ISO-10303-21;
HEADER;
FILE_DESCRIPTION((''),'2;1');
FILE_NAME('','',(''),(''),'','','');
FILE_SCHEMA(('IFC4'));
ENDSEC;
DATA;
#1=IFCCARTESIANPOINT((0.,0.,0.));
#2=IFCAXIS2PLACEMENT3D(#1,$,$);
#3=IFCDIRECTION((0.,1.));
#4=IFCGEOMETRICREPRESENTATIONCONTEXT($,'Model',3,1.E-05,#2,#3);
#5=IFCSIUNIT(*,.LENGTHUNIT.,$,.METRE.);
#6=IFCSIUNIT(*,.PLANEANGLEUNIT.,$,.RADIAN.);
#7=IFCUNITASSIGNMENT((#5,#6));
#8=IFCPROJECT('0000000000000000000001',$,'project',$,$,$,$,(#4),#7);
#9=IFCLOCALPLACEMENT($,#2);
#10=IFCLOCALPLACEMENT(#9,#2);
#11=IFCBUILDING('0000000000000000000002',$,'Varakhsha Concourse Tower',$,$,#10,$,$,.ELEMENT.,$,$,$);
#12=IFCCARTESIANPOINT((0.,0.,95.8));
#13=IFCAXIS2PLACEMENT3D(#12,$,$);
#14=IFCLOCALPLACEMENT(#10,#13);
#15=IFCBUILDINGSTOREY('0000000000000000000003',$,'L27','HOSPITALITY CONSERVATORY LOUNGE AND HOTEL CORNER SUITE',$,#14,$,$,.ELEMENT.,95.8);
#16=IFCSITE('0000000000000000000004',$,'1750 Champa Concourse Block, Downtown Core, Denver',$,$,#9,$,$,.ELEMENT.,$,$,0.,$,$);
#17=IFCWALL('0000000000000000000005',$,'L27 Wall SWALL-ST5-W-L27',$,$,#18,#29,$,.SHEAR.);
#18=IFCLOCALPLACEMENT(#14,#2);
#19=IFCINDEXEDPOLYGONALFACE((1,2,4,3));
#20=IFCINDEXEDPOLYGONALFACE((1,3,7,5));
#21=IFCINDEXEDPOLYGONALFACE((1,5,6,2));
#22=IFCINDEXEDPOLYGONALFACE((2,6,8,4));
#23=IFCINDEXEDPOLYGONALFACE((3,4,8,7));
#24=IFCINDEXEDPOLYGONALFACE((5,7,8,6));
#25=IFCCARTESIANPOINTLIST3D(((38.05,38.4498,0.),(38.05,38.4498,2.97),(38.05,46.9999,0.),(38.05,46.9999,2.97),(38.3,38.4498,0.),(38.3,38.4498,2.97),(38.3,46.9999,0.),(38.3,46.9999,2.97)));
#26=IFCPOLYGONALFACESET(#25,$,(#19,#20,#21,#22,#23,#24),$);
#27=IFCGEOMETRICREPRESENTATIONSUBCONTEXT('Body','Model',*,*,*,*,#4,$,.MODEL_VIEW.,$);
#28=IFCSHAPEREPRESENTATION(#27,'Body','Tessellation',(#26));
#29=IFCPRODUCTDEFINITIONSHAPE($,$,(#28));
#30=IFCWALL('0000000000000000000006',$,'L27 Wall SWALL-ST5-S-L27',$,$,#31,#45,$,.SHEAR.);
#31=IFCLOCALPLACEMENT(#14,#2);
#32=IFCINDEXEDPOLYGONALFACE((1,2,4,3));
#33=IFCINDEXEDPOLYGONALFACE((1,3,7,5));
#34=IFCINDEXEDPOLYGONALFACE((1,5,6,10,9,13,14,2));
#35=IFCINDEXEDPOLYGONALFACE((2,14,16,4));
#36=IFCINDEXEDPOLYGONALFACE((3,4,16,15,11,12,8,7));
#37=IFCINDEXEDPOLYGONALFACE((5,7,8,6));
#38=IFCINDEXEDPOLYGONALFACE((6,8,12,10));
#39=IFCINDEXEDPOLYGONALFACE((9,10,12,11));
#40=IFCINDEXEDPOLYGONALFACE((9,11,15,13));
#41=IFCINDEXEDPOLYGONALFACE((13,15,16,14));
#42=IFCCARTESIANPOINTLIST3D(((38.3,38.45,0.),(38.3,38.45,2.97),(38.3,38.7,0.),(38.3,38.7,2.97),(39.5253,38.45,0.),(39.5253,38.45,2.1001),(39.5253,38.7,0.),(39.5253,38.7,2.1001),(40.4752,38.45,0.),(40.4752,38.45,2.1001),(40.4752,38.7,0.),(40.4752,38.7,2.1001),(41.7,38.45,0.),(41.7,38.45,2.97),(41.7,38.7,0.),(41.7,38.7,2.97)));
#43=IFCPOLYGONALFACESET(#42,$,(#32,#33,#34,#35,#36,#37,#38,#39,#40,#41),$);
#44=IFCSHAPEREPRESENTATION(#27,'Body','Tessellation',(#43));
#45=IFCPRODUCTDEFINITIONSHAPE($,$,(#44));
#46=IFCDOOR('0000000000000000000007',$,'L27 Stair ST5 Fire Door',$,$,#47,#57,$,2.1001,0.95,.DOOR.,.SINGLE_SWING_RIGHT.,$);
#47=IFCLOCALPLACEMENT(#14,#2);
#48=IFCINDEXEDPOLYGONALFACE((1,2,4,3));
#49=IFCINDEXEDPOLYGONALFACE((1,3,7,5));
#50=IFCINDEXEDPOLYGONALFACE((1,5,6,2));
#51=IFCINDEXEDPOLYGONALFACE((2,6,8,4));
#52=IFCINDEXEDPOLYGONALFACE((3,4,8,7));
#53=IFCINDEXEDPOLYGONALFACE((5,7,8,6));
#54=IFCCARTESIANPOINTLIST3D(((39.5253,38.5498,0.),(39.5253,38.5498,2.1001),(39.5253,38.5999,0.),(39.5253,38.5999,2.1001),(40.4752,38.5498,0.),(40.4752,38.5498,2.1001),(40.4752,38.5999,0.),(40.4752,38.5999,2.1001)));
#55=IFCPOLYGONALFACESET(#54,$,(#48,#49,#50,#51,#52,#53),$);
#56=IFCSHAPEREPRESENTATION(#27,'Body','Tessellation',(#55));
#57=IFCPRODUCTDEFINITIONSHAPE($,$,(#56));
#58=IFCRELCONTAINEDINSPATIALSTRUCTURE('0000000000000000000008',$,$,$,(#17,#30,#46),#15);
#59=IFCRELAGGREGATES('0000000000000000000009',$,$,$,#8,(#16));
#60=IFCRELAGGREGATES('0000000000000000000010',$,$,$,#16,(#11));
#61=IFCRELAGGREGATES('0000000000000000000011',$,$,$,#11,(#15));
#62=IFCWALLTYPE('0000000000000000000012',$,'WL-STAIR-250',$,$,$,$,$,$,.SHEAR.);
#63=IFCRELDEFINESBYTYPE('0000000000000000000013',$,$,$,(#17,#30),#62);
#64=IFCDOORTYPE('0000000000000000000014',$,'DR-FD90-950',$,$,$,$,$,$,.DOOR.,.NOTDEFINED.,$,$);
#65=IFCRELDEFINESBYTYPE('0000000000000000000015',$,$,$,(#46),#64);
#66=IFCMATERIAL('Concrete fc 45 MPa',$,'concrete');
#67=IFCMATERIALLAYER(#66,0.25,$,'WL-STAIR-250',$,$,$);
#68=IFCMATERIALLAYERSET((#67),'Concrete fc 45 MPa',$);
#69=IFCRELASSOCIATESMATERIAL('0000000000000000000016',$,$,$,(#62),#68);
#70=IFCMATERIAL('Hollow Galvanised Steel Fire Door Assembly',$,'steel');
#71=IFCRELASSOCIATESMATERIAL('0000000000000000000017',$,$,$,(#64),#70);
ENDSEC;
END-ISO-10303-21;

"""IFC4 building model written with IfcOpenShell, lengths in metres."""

from ifc_helpers import new_model, si_unit, direction, frame, frame_2d, origin, place, context, subcontext, project, spatial, rectangle, extrude, material, layer, layer_set, type_object, element, fill, save


model = new_model("IFC4")

# Units and contexts
model_context = context("Model", 3, precision=1e-05, world=origin(), true_north=direction((0.0, 1.0)))
body_context = subcontext(model_context, "Body", "Model", "MODEL_VIEW")
ifc_project = project(units=[si_unit("LENGTHUNIT", "METRE"), si_unit("PLANEANGLEUNIT", "RADIAN")], contexts=[model_context])

# Site, building, storey
site_placement = place(None, origin())
site = spatial("IfcSite", under=ifc_project, at=site_placement, Name="1750 Champa Concourse Block, Downtown Core, Denver", CompositionType="ELEMENT", RefElevation=0.0)
building_placement = place(site_placement, origin())
building = spatial("IfcBuilding", under=site, at=building_placement, Name="Varakhsha Concourse Tower", CompositionType="ELEMENT")
storey_placement = place(building_placement, frame((0.0, 0.0, 95.8)))
storey = spatial("IfcBuildingStorey", under=building, at=storey_placement, Name="L27", Description="HOSPITALITY CONSERVATORY LOUNGE AND HOTEL CORNER SUITE", CompositionType="ELEMENT", Elevation=95.8)

# Shared definitions
ifc_material_1 = material(Name="Hollow Galvanised Steel Fire Door Assembly", Category="steel")

# Wall
ifc_material_2 = material(Name="Concrete fc 45 MPa", Category="concrete")
ifc_layer_1 = layer(ifc_material_2, 0.25, Name="WL-STAIR-250")
ifc_layer_set_1 = layer_set([ifc_layer_1], Name="Concrete fc 45 MPa")
wall_type_1 = type_object("IfcWallType", Name="WL-STAIR-250", PredefinedType="SHEAR", material=ifc_layer_set_1)
wall_1_placement = place(storey_placement, frame((38.175, 38.45, 0.0), z_axis=(0.0, 0.0, 1.0), x_axis=(0.0, 1.0, 0.0)))
element("IfcWall", 1, at=wall_1_placement, inside=storey, type_object=wall_type_1, Name="L27 Wall SWALL-ST5-W-L27", PredefinedType="SHEAR", context=body_context, shape_type="SweptSolid", body=[
    extrude(rectangle(XDim=8.55, YDim=0.25, at=frame_2d((4.2749, 0.0))), origin(), (0.0, 0.0, 1.0), 2.97),
])

# Wall, opening, door
wall_2_placement = place(storey_placement, frame((38.3, 38.575, 0.0), z_axis=(0.0, 0.0, 1.0), x_axis=(1.0, 0.0, 0.0)))
wall_2 = element("IfcWall", 2, at=wall_2_placement, inside=storey, type_object=wall_type_1, Name="L27 Wall SWALL-ST5-S-L27", PredefinedType="SHEAR", context=body_context, shape_type="SweptSolid", body=[
    extrude(rectangle(XDim=3.3999, YDim=0.25, at=frame_2d((1.7, 0.0))), origin(), (0.0, 0.0, 1.0), 2.97),
])
opening_1_placement = place(wall_2_placement, frame((1.2251, 0.0, 0.0)))
opening_1 = element("IfcOpeningElement", 3, at=opening_1_placement, cuts=wall_2, PredefinedType="OPENING", context=body_context, shape_type="SweptSolid", body=[
    extrude(rectangle(XDim=0.95, YDim=2.1001, at=frame_2d((0.4751, 1.05))), frame((0.0, 0.135, 0.0), z_axis=(0.0, -1.0, 0.0), x_axis=(1.0, 0.0, 0.0)), (0.0, 0.0, 1.0), 0.27),
])
door_type_1 = type_object("IfcDoorType", Name="DR-FD90-950", OperationType="NOTDEFINED", PredefinedType="DOOR", material=ifc_material_1)
door_1_placement = place(opening_1_placement, origin())
door_1 = element("IfcDoor", 4, at=door_1_placement, inside=storey, type_object=door_type_1, Name="L27 Stair ST5 Fire Door", OperationType="SINGLE_SWING_RIGHT", OverallHeight=2.1001, OverallWidth=0.95, PredefinedType="DOOR", context=body_context, shape_type="SweptSolid", body=[
    extrude(rectangle(XDim=0.95, YDim=2.1001, at=frame_2d((0.4751, 1.05))), frame((0.0, 0.0249, 0.0), z_axis=(0.0, -1.0, 0.0), x_axis=(1.0, 0.0, 0.0)), (0.0, 0.0, 1.0), 0.05),
])
fill(opening_1, door_1)

save(model, "model.ifc")
